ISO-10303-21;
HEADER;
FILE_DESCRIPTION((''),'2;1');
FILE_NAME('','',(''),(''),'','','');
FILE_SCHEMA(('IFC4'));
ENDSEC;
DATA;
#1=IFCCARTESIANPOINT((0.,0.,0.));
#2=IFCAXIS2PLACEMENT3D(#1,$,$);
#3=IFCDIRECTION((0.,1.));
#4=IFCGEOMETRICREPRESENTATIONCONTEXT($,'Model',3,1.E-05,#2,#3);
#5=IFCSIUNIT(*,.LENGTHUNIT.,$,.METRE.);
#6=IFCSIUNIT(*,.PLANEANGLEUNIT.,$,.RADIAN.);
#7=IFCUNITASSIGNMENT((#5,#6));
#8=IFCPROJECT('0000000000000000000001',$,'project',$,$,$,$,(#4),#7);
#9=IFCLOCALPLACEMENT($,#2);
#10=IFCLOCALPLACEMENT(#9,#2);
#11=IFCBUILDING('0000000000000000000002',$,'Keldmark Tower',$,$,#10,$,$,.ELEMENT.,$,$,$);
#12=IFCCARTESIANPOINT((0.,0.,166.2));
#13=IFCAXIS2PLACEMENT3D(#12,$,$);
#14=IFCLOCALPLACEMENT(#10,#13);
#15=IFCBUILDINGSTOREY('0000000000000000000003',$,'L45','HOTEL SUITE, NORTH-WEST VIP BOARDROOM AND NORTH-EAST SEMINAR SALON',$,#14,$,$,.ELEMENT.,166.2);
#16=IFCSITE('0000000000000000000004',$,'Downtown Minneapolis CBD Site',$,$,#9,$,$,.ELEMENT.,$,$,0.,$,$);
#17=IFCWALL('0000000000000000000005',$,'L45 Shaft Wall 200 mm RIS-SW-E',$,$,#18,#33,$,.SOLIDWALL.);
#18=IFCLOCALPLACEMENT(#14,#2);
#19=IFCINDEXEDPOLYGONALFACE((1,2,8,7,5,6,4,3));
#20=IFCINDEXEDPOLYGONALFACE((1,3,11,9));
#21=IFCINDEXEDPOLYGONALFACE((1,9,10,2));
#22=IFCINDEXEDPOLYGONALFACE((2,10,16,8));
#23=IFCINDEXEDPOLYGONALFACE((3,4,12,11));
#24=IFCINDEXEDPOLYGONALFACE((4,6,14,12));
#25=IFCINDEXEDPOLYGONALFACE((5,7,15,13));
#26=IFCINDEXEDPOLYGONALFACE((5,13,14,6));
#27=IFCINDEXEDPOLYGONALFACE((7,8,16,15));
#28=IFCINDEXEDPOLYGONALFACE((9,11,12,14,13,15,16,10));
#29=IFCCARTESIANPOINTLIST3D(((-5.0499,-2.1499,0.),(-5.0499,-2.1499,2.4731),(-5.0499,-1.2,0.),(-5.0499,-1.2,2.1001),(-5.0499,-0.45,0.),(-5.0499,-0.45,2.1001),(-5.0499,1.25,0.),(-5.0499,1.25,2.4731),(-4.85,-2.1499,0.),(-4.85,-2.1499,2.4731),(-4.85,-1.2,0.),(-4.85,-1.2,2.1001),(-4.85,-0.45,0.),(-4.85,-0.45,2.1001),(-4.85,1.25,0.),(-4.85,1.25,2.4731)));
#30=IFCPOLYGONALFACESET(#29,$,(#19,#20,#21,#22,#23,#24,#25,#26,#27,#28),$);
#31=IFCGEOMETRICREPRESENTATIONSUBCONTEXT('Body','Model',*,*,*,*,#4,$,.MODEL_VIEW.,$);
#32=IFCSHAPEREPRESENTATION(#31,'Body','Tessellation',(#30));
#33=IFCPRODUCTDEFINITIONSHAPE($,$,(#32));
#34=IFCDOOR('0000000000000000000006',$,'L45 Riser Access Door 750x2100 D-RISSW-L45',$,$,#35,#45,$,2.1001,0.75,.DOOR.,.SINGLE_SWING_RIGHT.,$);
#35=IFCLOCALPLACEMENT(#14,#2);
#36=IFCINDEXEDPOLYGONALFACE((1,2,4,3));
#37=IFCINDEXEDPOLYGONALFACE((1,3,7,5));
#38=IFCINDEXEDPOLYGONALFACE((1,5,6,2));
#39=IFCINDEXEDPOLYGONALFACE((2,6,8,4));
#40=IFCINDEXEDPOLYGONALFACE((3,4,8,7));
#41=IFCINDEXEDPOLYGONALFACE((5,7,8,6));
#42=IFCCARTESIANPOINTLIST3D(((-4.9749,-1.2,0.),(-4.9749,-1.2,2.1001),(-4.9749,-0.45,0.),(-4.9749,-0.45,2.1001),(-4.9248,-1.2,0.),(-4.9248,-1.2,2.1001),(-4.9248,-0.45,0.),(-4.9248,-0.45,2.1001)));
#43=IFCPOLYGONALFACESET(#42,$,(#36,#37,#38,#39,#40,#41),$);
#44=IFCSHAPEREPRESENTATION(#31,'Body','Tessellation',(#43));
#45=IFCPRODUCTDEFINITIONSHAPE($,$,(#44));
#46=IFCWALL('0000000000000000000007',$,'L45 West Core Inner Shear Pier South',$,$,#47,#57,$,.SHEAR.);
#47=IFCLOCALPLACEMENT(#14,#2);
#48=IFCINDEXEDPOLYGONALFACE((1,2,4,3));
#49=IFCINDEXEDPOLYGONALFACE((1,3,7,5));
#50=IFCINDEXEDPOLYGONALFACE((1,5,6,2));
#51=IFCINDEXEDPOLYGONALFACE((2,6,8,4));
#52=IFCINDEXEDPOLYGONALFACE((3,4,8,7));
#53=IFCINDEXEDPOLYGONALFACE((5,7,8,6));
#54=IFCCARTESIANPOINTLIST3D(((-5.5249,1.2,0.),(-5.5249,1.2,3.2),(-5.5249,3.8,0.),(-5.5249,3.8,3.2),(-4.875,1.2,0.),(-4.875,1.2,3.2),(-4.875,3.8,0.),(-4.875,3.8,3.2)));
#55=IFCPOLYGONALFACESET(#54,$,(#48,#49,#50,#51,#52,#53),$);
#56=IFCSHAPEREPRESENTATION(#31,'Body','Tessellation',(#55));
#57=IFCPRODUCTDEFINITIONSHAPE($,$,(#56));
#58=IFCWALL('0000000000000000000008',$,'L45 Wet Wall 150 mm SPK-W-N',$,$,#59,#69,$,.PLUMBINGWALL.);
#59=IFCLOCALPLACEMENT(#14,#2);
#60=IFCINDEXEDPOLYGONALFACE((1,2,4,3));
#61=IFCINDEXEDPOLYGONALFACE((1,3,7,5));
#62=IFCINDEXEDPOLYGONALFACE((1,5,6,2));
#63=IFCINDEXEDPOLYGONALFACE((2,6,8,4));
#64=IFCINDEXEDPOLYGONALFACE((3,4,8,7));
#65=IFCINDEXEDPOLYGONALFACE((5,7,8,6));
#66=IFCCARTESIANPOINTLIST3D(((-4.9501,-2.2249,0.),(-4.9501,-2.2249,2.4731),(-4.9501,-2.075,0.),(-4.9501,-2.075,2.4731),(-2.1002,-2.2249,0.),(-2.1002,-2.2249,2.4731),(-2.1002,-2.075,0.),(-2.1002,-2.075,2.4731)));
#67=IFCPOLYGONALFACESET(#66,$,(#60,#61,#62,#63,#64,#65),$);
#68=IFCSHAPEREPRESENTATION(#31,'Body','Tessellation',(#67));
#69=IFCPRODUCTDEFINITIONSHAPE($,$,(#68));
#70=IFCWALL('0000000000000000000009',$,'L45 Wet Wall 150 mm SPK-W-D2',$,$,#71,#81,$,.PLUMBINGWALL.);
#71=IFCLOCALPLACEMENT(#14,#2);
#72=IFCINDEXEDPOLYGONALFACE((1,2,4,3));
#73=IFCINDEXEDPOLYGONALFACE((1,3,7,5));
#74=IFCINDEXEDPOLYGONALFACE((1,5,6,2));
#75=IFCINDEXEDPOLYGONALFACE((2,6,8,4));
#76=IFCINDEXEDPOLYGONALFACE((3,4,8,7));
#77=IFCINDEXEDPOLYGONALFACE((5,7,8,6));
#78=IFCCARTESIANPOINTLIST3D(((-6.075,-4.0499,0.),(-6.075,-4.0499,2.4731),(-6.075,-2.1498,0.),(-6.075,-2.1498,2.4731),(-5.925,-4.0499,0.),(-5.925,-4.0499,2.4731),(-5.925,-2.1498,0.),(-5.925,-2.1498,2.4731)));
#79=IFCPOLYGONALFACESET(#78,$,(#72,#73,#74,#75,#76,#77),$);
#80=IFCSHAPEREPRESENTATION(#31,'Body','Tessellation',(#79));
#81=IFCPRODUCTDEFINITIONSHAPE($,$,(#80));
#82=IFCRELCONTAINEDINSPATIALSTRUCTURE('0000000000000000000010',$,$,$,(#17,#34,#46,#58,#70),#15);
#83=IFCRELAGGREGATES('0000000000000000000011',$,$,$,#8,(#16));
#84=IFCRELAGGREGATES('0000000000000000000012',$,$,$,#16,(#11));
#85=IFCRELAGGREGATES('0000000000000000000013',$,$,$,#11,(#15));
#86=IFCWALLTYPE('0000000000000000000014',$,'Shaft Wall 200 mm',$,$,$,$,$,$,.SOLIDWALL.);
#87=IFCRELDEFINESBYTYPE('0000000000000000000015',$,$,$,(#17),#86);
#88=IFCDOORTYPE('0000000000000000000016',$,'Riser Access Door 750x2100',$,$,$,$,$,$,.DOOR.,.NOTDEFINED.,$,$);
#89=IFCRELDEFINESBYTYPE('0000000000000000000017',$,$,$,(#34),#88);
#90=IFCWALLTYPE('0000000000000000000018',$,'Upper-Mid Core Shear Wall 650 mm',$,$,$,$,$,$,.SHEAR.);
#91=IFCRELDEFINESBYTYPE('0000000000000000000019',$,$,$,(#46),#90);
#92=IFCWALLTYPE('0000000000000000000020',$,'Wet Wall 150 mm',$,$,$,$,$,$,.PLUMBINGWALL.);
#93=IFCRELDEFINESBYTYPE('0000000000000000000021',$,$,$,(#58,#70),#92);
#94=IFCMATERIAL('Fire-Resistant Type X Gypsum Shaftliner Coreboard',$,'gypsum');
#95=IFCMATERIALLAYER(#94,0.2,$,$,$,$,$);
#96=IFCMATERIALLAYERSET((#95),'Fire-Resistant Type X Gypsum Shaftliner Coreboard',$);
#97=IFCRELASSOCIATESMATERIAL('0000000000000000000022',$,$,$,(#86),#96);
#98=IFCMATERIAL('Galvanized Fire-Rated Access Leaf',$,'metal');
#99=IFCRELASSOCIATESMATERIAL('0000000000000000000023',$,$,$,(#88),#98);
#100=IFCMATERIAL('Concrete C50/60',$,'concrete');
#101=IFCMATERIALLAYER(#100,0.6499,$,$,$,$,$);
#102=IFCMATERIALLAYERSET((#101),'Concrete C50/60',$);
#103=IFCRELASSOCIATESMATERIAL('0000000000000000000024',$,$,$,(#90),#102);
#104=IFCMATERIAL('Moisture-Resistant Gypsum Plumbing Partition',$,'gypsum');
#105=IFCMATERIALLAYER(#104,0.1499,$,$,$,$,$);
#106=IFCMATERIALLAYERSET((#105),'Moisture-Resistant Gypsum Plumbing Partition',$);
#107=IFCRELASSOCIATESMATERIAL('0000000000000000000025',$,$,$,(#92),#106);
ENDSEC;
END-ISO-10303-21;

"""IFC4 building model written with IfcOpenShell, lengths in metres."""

from ifc_helpers import new_model, si_unit, direction, frame, frame_2d, origin, place, context, subcontext, project, spatial, rectangle, extrude, material, layer, layer_set, type_object, element, fill, save


model = new_model("IFC4")

# Units and contexts
model_context = context("Model", 3, precision=1e-05, world=origin(), true_north=direction((0.0, 1.0)))
body_context = subcontext(model_context, "Body", "Model", "MODEL_VIEW")
ifc_project = project(units=[si_unit("LENGTHUNIT", "METRE"), si_unit("PLANEANGLEUNIT", "RADIAN")], contexts=[model_context])

# Site, building, storey
site_placement = place(None, origin())
site = spatial("IfcSite", under=ifc_project, at=site_placement, Name="Downtown Minneapolis CBD Site", CompositionType="ELEMENT", RefElevation=0.0)
building_placement = place(site_placement, origin())
building = spatial("IfcBuilding", under=site, at=building_placement, Name="Keldmark Tower", CompositionType="ELEMENT")
storey_placement = place(building_placement, frame((0.0, 0.0, 166.2)))
storey = spatial("IfcBuildingStorey", under=building, at=storey_placement, Name="L45", Description="HOTEL SUITE, NORTH-WEST VIP BOARDROOM AND NORTH-EAST SEMINAR SALON", CompositionType="ELEMENT", Elevation=166.2)

# Wall, opening, door
ifc_material_1 = material(Name="Fire-Resistant Type X Gypsum Shaftliner Coreboard", Category="gypsum")
ifc_layer_1 = layer(ifc_material_1, 0.2)
ifc_layer_set_1 = layer_set([ifc_layer_1], Name="Fire-Resistant Type X Gypsum Shaftliner Coreboard")
wall_type_1 = type_object("IfcWallType", Name="Shaft Wall 200 mm", PredefinedType="SOLIDWALL", material=ifc_layer_set_1)
wall_1_placement = place(storey_placement, frame((-4.95, -2.1499, 0.0), z_axis=(0.0, 0.0, 1.0), x_axis=(0.0, 1.0, 0.0)))
wall_1 = element("IfcWall", 1, at=wall_1_placement, inside=storey, type_object=wall_type_1, Name="L45 Shaft Wall 200 mm RIS-SW-E", PredefinedType="SOLIDWALL", context=body_context, shape_type="SweptSolid", body=[
    extrude(rectangle(XDim=3.3999, YDim=0.2, at=frame_2d((1.7, 0.0))), origin(), (0.0, 0.0, 1.0), 2.4731),
])
opening_1_placement = place(wall_1_placement, frame((0.95, 0.0, 0.0)))
opening_1 = element("IfcOpeningElement", 2, at=opening_1_placement, cuts=wall_1, PredefinedType="OPENING", context=body_context, shape_type="SweptSolid", body=[
    extrude(rectangle(XDim=0.75, YDim=2.1001, at=frame_2d((0.375, 1.05))), frame((0.0, 0.1099, 0.0), z_axis=(0.0, -1.0, 0.0), x_axis=(1.0, 0.0, 0.0)), (0.0, 0.0, 1.0), 0.22),
])
ifc_material_2 = material(Name="Galvanized Fire-Rated Access Leaf", Category="metal")
door_type_1 = type_object("IfcDoorType", Name="Riser Access Door 750x2100", OperationType="NOTDEFINED", PredefinedType="DOOR", material=ifc_material_2)
door_1_placement = place(opening_1_placement, origin())
door_1 = element("IfcDoor", 3, at=door_1_placement, inside=storey, type_object=door_type_1, Name="L45 Riser Access Door 750x2100 D-RISSW-L45", OperationType="SINGLE_SWING_RIGHT", OverallHeight=2.1001, OverallWidth=0.75, PredefinedType="DOOR", context=body_context, shape_type="SweptSolid", body=[
    extrude(rectangle(XDim=0.75, YDim=2.1001, at=frame_2d((0.375, 1.05))), frame((0.0, 0.0249, 0.0), z_axis=(0.0, -1.0, 0.0), x_axis=(1.0, 0.0, 0.0)), (0.0, 0.0, 1.0), 0.05),
])
fill(opening_1, door_1)

# Shared definitions
ifc_material_3 = material(Name="Concrete C50/60", Category="concrete")
ifc_layer_2 = layer(ifc_material_3, 0.6499)
ifc_layer_set_2 = layer_set([ifc_layer_2], Name="Concrete C50/60")
wall_type_2 = type_object("IfcWallType", Name="Upper-Mid Core Shear Wall 650 mm", PredefinedType="SHEAR", material=ifc_layer_set_2)

# Walls
wall_2_placement = place(storey_placement, frame((-5.2, 1.2, 0.0), z_axis=(0.0, 0.0, 1.0), x_axis=(0.0, 1.0, 0.0)))
element("IfcWall", 4, at=wall_2_placement, inside=storey, type_object=wall_type_2, Name="L45 West Core Inner Shear Pier South", PredefinedType="SHEAR", context=body_context, shape_type="SweptSolid", body=[
    extrude(rectangle(XDim=2.6001, YDim=0.6499, at=frame_2d((1.3, 0.0))), origin(), (0.0, 0.0, 1.0), 3.2),
])
ifc_material_4 = material(Name="Moisture-Resistant Gypsum Plumbing Partition", Category="gypsum")
ifc_layer_3 = layer(ifc_material_4, 0.1499)
ifc_layer_set_3 = layer_set([ifc_layer_3], Name="Moisture-Resistant Gypsum Plumbing Partition")
wall_type_3 = type_object("IfcWallType", Name="Wet Wall 150 mm", PredefinedType="PLUMBINGWALL", material=ifc_layer_set_3)
wall_3_placement = place(storey_placement, frame((-4.95, -2.1499, 0.0), z_axis=(0.0, 0.0, 1.0), x_axis=(1.0, 0.0, 0.0)))
element("IfcWall", 5, at=wall_3_placement, inside=storey, type_object=wall_type_3, Name="L45 Wet Wall 150 mm SPK-W-N", PredefinedType="PLUMBINGWALL", context=body_context, shape_type="SweptSolid", body=[
    extrude(rectangle(XDim=2.8499, YDim=0.1499, at=frame_2d((1.4248, 0.0))), origin(), (0.0, 0.0, 1.0), 2.4731),
])
wall_4_placement = place(storey_placement, frame((-6.0, -4.05, 0.0), z_axis=(0.0, 0.0, 1.0), x_axis=(0.0, 1.0, 0.0)))
element("IfcWall", 6, at=wall_4_placement, inside=storey, type_object=wall_type_3, Name="L45 Wet Wall 150 mm SPK-W-D2", PredefinedType="PLUMBINGWALL", context=body_context, shape_type="SweptSolid", body=[
    extrude(rectangle(XDim=1.9001, YDim=0.1499, at=frame_2d((0.9502, 0.0))), origin(), (0.0, 0.0, 1.0), 2.4731),
])

save(model, "model.ifc")
